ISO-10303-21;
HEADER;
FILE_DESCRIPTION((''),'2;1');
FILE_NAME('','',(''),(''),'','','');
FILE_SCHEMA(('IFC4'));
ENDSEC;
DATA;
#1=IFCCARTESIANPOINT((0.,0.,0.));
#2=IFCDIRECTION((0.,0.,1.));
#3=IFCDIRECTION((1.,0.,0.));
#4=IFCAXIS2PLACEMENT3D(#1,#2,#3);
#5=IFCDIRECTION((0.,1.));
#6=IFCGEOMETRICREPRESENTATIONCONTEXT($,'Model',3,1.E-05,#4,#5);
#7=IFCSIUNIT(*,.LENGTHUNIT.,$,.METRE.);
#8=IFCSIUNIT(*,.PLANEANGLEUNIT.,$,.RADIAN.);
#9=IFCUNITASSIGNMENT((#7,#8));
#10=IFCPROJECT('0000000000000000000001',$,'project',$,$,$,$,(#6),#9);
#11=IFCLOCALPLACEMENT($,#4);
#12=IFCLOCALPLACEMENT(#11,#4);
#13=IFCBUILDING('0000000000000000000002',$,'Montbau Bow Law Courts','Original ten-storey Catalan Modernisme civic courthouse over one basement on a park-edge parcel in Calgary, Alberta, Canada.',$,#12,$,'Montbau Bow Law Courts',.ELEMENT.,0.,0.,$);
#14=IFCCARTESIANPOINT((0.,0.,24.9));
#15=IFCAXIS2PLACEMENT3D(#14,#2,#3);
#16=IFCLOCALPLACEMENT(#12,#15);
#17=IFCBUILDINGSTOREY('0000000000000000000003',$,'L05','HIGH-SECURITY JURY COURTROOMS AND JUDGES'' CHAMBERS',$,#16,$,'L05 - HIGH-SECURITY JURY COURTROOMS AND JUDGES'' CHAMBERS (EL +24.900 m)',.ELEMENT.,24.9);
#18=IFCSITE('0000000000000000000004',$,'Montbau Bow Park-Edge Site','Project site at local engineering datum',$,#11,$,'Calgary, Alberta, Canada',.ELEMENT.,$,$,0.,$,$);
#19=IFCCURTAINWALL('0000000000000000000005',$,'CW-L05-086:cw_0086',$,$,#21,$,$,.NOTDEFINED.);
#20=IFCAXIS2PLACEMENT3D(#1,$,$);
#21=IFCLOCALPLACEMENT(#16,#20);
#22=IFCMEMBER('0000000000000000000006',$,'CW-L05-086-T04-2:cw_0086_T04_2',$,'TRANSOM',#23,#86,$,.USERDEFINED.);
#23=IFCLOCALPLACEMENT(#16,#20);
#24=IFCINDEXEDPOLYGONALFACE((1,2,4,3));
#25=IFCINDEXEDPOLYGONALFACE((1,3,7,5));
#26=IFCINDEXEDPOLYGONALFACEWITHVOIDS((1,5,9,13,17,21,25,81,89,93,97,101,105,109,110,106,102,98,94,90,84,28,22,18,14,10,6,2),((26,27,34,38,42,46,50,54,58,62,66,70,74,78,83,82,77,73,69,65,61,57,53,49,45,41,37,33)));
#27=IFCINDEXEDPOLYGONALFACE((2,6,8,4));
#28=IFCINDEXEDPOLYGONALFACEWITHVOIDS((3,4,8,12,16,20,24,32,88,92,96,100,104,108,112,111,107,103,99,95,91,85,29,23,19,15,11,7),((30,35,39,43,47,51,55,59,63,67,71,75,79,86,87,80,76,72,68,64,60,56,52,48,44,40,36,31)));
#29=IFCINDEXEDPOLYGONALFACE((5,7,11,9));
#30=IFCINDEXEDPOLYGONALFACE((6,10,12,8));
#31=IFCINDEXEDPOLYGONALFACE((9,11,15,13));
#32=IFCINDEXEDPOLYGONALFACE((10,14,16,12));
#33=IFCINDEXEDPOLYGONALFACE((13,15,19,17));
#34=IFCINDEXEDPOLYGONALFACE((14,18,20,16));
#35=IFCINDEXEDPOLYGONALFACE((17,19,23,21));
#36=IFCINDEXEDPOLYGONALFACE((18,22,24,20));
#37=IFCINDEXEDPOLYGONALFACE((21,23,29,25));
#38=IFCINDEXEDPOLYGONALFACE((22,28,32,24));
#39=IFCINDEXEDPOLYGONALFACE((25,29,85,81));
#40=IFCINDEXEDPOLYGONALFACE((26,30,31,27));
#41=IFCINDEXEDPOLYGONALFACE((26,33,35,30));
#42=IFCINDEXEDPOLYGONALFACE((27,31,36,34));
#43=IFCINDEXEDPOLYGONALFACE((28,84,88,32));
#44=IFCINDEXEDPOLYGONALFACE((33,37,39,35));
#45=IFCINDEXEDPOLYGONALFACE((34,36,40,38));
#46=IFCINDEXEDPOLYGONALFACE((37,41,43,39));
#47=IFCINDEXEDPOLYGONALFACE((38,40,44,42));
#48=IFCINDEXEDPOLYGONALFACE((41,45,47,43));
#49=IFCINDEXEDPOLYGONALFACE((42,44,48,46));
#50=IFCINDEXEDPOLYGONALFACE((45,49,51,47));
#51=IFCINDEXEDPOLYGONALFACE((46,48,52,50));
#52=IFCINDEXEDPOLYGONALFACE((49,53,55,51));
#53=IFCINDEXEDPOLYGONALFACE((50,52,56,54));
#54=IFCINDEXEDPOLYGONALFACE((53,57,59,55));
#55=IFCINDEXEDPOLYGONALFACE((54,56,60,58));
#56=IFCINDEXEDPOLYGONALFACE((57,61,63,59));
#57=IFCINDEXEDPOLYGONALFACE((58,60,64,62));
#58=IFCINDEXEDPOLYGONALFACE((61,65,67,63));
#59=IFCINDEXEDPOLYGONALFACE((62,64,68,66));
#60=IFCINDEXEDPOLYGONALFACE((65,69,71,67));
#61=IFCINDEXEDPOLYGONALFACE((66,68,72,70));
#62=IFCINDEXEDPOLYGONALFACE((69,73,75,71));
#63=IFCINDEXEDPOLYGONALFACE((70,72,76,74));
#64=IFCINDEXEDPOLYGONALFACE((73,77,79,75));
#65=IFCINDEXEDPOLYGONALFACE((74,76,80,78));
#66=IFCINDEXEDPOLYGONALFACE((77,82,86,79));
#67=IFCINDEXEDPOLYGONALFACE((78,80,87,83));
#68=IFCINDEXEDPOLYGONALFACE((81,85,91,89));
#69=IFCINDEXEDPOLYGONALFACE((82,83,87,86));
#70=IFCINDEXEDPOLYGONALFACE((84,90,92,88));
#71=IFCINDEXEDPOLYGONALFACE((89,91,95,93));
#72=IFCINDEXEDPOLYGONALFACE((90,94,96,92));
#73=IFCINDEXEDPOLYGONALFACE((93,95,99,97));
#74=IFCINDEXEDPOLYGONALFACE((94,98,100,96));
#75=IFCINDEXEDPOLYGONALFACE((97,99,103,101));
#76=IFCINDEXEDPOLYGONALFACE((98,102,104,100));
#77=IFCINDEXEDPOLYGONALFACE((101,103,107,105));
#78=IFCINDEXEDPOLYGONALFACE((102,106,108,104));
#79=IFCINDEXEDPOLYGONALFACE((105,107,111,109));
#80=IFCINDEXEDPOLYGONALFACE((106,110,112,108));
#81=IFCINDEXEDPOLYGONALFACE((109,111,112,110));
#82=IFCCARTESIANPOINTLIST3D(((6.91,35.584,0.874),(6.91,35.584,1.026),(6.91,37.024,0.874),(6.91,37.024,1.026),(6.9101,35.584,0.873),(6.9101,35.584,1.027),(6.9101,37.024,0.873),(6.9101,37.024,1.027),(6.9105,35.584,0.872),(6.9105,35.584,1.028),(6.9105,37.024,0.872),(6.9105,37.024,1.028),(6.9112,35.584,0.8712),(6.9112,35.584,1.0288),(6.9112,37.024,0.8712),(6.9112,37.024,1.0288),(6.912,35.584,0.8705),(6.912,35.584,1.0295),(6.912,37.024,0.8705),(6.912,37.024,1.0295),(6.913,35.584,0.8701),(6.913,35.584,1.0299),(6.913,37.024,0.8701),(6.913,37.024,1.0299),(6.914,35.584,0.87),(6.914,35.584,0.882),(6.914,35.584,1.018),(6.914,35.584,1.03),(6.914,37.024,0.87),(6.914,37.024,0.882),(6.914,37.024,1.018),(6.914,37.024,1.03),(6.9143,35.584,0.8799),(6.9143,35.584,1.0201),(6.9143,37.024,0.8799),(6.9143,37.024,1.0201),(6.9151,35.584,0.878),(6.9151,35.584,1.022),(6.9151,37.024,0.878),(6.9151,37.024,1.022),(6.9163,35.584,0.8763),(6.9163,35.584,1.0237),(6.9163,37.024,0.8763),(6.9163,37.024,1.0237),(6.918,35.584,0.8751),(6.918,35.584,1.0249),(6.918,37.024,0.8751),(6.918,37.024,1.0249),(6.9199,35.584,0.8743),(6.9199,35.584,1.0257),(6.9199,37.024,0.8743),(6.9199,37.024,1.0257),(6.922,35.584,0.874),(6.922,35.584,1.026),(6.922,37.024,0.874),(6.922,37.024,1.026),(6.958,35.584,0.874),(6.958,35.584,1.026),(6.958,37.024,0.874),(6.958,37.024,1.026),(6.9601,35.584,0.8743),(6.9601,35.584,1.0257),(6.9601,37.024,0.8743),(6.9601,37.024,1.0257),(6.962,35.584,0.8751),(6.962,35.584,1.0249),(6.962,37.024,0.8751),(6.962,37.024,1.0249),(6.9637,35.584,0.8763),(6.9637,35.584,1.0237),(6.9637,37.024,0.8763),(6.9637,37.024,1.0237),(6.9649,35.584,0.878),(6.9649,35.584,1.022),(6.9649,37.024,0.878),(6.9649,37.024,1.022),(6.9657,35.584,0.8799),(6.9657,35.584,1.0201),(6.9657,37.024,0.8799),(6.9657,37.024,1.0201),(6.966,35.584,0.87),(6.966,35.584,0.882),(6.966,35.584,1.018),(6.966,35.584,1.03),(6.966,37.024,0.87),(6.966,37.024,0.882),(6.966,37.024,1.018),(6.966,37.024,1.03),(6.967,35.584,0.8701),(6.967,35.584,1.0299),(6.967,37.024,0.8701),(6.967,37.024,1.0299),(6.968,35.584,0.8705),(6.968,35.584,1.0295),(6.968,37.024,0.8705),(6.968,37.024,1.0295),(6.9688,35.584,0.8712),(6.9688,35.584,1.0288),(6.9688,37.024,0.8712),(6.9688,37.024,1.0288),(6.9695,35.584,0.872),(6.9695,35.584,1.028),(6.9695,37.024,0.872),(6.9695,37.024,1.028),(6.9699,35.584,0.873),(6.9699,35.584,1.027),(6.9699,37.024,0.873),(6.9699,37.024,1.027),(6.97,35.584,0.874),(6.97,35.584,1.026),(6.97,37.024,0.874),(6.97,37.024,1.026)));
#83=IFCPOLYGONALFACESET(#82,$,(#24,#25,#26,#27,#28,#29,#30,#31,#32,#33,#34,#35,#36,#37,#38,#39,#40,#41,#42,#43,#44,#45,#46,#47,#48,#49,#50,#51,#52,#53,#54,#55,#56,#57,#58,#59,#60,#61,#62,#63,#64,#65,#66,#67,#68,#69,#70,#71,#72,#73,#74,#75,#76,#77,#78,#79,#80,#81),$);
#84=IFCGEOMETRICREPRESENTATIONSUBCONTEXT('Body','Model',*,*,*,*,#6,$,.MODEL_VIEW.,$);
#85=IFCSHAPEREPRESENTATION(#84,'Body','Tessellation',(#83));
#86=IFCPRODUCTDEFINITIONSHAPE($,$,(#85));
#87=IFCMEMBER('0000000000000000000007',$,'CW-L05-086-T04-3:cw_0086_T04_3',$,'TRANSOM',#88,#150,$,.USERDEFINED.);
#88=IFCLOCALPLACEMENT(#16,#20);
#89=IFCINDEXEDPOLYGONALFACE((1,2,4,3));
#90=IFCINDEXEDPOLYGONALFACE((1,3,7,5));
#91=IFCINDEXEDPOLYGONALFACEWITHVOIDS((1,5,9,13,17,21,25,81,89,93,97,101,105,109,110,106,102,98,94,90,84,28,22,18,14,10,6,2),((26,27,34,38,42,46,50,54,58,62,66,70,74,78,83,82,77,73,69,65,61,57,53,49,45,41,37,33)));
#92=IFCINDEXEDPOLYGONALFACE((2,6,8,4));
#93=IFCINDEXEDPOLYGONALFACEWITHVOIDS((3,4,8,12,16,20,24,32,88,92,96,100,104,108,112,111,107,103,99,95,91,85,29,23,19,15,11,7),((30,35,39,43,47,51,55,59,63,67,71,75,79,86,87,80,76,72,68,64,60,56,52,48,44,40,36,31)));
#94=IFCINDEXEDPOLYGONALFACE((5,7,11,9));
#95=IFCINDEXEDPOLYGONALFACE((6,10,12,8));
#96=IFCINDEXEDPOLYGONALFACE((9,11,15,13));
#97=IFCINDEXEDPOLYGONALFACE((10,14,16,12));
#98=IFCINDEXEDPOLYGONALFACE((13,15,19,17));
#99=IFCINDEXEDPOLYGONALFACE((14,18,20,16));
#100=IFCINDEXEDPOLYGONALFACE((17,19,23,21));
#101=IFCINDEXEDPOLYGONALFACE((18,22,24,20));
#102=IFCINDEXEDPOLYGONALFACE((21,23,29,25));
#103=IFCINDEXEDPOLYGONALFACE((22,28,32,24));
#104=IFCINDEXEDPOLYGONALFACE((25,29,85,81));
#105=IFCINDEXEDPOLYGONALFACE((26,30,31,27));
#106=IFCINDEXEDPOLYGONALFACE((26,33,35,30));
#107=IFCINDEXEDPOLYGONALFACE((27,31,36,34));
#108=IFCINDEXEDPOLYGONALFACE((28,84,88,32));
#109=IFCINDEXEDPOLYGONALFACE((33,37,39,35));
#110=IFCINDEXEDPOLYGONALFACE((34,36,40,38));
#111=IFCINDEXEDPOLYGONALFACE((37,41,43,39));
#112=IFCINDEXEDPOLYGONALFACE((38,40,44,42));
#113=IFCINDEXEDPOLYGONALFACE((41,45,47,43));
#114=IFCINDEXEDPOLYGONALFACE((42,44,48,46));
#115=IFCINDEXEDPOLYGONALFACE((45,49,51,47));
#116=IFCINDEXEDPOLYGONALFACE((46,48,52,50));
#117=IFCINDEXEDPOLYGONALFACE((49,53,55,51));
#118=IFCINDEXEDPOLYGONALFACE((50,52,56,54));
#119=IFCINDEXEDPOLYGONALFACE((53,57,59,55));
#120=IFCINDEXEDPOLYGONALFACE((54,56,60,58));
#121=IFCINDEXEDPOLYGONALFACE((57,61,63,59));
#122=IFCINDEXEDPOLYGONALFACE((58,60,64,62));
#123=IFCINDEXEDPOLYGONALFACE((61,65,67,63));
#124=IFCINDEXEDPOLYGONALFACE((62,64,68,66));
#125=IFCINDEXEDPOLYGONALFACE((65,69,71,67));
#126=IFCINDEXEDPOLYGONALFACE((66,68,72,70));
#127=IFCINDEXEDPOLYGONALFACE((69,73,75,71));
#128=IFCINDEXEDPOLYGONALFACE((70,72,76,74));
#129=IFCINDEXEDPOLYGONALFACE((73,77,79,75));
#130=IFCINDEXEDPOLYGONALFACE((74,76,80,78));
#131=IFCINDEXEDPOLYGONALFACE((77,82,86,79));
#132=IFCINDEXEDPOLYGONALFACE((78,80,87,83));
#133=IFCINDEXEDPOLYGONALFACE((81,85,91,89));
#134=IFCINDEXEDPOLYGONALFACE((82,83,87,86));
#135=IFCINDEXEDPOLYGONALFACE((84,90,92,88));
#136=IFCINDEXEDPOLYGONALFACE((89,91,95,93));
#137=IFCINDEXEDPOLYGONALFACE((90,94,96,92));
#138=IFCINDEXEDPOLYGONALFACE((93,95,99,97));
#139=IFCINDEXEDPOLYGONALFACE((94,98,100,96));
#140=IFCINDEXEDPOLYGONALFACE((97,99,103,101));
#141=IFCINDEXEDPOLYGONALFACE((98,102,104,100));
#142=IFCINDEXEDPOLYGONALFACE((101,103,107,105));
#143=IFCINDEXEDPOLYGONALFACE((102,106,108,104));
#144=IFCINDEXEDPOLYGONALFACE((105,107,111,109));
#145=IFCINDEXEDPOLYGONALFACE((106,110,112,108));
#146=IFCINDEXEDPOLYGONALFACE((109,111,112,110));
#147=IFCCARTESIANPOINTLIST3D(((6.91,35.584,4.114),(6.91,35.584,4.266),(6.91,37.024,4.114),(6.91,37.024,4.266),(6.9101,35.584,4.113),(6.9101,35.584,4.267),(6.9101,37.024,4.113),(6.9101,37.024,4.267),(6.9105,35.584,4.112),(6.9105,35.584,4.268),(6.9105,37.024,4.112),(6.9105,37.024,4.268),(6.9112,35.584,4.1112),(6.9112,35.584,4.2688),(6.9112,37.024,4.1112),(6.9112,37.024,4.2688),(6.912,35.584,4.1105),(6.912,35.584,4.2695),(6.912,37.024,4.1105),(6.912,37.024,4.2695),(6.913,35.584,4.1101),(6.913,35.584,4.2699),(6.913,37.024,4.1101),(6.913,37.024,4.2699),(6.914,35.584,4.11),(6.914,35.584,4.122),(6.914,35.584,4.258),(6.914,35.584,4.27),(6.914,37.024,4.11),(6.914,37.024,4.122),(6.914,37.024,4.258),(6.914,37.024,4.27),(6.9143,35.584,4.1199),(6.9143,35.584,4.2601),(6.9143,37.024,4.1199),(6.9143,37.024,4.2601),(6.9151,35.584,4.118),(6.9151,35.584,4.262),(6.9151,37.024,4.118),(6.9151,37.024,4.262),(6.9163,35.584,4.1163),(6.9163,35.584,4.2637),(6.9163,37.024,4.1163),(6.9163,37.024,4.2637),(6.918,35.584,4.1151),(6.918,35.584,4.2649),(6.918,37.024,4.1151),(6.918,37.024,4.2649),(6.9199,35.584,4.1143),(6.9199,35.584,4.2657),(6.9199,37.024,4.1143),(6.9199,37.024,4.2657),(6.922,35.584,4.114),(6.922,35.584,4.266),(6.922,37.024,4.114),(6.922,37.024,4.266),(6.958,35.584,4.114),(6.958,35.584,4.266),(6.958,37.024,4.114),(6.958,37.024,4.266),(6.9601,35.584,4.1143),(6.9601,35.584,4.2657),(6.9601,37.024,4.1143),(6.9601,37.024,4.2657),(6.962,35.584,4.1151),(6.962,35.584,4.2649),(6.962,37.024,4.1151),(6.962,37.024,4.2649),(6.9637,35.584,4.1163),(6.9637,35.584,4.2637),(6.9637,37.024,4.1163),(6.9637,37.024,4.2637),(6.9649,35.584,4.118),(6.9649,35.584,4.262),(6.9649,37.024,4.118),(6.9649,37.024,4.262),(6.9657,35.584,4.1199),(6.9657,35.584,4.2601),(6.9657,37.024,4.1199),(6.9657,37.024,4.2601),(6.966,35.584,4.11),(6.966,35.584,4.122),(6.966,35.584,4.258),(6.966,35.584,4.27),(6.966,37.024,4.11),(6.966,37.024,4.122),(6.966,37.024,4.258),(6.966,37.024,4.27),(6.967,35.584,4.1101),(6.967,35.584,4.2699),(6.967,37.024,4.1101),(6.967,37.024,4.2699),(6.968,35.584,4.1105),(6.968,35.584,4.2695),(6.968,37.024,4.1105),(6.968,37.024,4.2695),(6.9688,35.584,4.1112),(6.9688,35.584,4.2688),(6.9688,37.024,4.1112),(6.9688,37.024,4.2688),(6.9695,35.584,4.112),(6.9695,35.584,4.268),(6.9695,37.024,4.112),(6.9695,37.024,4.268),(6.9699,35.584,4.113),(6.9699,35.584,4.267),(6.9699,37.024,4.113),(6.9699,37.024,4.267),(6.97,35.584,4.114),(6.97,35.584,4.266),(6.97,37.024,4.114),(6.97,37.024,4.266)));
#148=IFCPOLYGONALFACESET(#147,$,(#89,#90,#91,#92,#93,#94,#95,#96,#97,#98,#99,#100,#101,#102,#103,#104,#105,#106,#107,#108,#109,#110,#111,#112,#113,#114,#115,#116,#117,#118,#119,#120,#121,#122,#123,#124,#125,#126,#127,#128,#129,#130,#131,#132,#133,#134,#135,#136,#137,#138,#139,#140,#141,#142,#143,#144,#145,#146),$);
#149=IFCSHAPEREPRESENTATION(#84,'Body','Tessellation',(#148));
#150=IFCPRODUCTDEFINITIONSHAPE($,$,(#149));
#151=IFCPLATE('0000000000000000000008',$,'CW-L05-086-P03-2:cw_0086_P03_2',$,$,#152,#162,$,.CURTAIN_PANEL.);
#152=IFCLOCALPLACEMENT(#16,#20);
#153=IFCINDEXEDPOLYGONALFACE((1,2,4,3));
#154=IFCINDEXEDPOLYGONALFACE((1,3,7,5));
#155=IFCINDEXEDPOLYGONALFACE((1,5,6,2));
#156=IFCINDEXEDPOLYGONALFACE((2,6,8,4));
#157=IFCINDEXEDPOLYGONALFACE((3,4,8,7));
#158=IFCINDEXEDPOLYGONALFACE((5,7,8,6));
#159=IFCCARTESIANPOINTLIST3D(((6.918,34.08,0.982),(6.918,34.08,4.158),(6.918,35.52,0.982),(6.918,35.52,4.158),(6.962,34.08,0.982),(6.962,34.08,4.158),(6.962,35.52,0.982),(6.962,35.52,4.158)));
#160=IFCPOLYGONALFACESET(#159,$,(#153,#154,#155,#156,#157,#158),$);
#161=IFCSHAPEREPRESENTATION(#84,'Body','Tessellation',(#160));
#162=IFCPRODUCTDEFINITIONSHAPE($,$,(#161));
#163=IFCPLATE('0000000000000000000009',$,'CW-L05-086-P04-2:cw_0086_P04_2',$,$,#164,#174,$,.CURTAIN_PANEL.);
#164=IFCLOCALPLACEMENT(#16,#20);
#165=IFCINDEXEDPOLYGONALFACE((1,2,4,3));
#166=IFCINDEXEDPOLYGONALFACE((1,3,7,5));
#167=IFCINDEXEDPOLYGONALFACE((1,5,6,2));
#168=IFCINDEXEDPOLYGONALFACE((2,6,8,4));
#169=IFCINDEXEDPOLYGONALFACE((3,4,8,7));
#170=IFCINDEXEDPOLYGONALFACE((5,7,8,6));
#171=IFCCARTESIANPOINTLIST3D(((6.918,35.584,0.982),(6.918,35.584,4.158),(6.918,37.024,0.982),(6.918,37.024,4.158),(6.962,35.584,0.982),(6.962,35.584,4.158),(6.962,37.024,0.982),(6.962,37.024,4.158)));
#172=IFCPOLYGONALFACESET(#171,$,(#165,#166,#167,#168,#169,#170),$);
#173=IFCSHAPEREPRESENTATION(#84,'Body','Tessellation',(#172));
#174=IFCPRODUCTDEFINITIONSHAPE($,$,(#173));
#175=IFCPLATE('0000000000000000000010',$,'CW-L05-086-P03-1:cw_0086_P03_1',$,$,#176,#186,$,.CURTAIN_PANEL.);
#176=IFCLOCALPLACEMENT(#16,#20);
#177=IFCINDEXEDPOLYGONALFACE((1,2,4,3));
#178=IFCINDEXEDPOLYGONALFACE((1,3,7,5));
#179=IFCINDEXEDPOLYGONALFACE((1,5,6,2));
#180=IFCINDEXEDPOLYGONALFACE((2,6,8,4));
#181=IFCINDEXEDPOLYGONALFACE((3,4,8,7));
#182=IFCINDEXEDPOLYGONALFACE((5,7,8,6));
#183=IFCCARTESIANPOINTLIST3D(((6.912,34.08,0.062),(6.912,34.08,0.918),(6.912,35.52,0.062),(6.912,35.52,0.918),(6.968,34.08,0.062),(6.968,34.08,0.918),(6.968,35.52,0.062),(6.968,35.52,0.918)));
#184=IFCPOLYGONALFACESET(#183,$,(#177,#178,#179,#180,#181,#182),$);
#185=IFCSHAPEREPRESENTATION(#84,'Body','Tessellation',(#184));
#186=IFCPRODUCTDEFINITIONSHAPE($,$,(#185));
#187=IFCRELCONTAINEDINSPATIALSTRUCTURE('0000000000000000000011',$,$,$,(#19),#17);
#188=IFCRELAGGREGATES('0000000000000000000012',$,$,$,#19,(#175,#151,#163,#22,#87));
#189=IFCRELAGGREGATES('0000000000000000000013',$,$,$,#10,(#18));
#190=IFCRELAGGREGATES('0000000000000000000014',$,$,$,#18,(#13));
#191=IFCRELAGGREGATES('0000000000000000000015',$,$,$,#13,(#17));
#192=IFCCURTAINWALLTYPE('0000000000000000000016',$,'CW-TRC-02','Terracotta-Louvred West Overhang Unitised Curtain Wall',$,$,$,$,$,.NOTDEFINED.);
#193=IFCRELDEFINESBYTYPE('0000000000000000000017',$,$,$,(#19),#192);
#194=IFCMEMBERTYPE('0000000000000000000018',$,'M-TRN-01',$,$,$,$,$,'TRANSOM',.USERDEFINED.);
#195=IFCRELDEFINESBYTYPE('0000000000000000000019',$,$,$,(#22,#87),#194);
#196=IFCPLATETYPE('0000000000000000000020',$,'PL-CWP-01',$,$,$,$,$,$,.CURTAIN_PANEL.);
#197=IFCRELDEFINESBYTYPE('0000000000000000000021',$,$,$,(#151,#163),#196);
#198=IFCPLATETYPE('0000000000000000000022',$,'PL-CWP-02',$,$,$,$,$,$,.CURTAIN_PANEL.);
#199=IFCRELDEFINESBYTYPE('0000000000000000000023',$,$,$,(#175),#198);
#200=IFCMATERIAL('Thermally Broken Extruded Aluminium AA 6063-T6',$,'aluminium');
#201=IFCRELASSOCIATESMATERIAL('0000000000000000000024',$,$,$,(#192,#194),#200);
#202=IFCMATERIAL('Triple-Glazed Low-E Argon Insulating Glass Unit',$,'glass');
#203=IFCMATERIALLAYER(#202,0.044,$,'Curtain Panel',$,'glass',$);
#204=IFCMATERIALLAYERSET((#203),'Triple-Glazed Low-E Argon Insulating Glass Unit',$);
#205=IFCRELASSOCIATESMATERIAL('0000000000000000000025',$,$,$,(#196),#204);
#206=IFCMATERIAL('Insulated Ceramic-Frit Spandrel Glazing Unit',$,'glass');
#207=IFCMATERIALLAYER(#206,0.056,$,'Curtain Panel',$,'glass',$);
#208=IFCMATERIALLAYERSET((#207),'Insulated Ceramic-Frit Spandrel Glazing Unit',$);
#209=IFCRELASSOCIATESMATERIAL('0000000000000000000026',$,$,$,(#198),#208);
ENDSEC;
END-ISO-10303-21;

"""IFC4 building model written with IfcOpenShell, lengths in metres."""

from ifc_helpers import new_model, si_unit, direction, frame, frame_2d, origin_with_axes, origin_2d_with_axis, place, context, subcontext, project, spatial, rectangle, hollow_rectangle, extrude, material, layer, layer_set, material_profile, profile_set, type_object, element, aggregate, save


model = new_model("IFC4")

# Units and contexts
model_context = context("Model", 3, precision=1e-05, world=origin_with_axes(), true_north=direction((0.0, 1.0)))
body_context = subcontext(model_context, "Body", "Model", "MODEL_VIEW")
ifc_project = project(units=[si_unit("LENGTHUNIT", "METRE"), si_unit("PLANEANGLEUNIT", "RADIAN")], contexts=[model_context])

# Site, building, storey
site_placement = place(None, origin_with_axes())
site = spatial("IfcSite", under=ifc_project, at=site_placement, Name="Montbau Bow Park-Edge Site", Description="Project site at local engineering datum", LongName="Calgary, Alberta, Canada", CompositionType="ELEMENT", RefElevation=0.0)
building_placement = place(site_placement, origin_with_axes())
building = spatial("IfcBuilding", under=site, at=building_placement, Name="Montbau Bow Law Courts", Description="Original ten-storey Catalan Modernisme civic courthouse over one basement on a park-edge parcel in Calgary, Alberta, Canada.", LongName="Montbau Bow Law Courts", CompositionType="ELEMENT", ElevationOfRefHeight=0.0, ElevationOfTerrain=0.0)
storey_placement = place(building_placement, frame((0.0, 0.0, 24.9), z_axis=(0.0, 0.0, 1.0), x_axis=(1.0, 0.0, 0.0)))
storey = spatial("IfcBuildingStorey", under=building, at=storey_placement, Name="L05", Description="HIGH-SECURITY JURY COURTROOMS AND JUDGES' CHAMBERS", LongName="L05 - HIGH-SECURITY JURY COURTROOMS AND JUDGES' CHAMBERS (EL +24.900 m)", CompositionType="ELEMENT", Elevation=24.9)

# Curtain wall, members, plates
ifc_material_1 = material(Name="Thermally Broken Extruded Aluminium AA 6063-T6", Category="aluminium")
curtain_wall_type = type_object("IfcCurtainWallType", Name="CW-TRC-02", Description="Terracotta-Louvred West Overhang Unitised Curtain Wall", PredefinedType="NOTDEFINED", material=ifc_material_1)
curtain_wall_placement = place(None, frame((6.94, 31.04, 24.9), z_axis=(0.0, 0.0, 1.0), x_axis=(1.0, 0.0, 0.0)))
curtain_wall = element("IfcCurtainWall", 1, at=curtain_wall_placement, inside=storey, type_object=curtain_wall_type, Name="CW-L05-086:cw_0086", PredefinedType="NOTDEFINED")
ifc_material_profile_1 = material_profile(ifc_material_1, hollow_rectangle(XDim=0.06, YDim=0.16, WallThickness=0.004, InnerFilletRadius=0.008, OuterFilletRadius=0.004, at=origin_2d_with_axis()), Name="CWT-160X60", Category="Main", Priority=0)
ifc_profile_set_1 = profile_set([ifc_material_profile_1], Name="Thermally Broken Extruded Aluminium AA 6063-T6")
member_type_1 = type_object("IfcMemberType", Name="M-TRN-01", ElementType="TRANSOM", PredefinedType="USERDEFINED", material=ifc_profile_set_1)
member_1_placement = place(None, frame((6.94, 35.584, 25.85), z_axis=(0.0, 1.0, 0.0), x_axis=(-1.0, 0.0, 0.0)))
member_1 = element("IfcMember", 2, at=member_1_placement, type_object=member_type_1, Name="CW-L05-086-T04-2:cw_0086_T04_2", ObjectType="TRANSOM", PredefinedType="USERDEFINED", context=body_context, shape_type="SweptSolid", body=[
    extrude(hollow_rectangle(XDim=0.06, YDim=0.16, WallThickness=0.004, InnerFilletRadius=0.008, OuterFilletRadius=0.004, at=origin_2d_with_axis()), origin_with_axes(), (0.0, 0.0, 1.0), 1.44),
])
member_2_placement = place(None, frame((6.94, 35.584, 29.09), z_axis=(0.0, 1.0, 0.0), x_axis=(-1.0, 0.0, 0.0)))
member_2 = element("IfcMember", 3, at=member_2_placement, type_object=member_type_1, Name="CW-L05-086-T04-3:cw_0086_T04_3", ObjectType="TRANSOM", PredefinedType="USERDEFINED", context=body_context, shape_type="SweptSolid", body=[
    extrude(hollow_rectangle(XDim=0.06, YDim=0.16, WallThickness=0.004, InnerFilletRadius=0.008, OuterFilletRadius=0.004, at=origin_2d_with_axis()), origin_with_axes(), (0.0, 0.0, 1.0), 1.44),
])
ifc_material_2 = material(Name="Triple-Glazed Low-E Argon Insulating Glass Unit", Category="glass")
ifc_layer_1 = layer(ifc_material_2, 0.044, Name="Curtain Panel", Category="glass")
ifc_layer_set_1 = layer_set([ifc_layer_1], Name="Triple-Glazed Low-E Argon Insulating Glass Unit")
plate_type_1 = type_object("IfcPlateType", Name="PL-CWP-01", PredefinedType="CURTAIN_PANEL", material=ifc_layer_set_1)
plate_1_placement = place(None, frame((6.94, 34.08, 25.882), z_axis=(1.0, 0.0, 0.0), x_axis=(0.0, 1.0, 0.0)))
plate_1 = element("IfcPlate", 4, at=plate_1_placement, type_object=plate_type_1, Name="CW-L05-086-P03-2:cw_0086_P03_2", PredefinedType="CURTAIN_PANEL", context=body_context, shape_type="SweptSolid", body=[
    extrude(rectangle(XDim=1.44, YDim=3.176, at=frame_2d((0.72, 1.588), x_axis=(1.0, 0.0))), frame((0.0, 0.0, -0.022), z_axis=(0.0, 0.0, 1.0), x_axis=(1.0, 0.0, 0.0)), (0.0, 0.0, 1.0), 0.044),
])
plate_2_placement = place(None, frame((6.94, 35.584, 25.882), z_axis=(1.0, 0.0, 0.0), x_axis=(0.0, 1.0, 0.0)))
plate_2 = element("IfcPlate", 5, at=plate_2_placement, type_object=plate_type_1, Name="CW-L05-086-P04-2:cw_0086_P04_2", PredefinedType="CURTAIN_PANEL", context=body_context, shape_type="SweptSolid", body=[
    extrude(rectangle(XDim=1.44, YDim=3.176, at=frame_2d((0.72, 1.588), x_axis=(1.0, 0.0))), frame((0.0, 0.0, -0.022), z_axis=(0.0, 0.0, 1.0), x_axis=(1.0, 0.0, 0.0)), (0.0, 0.0, 1.0), 0.044),
])
ifc_material_3 = material(Name="Insulated Ceramic-Frit Spandrel Glazing Unit", Category="glass")
ifc_layer_2 = layer(ifc_material_3, 0.056, Name="Curtain Panel", Category="glass")
ifc_layer_set_2 = layer_set([ifc_layer_2], Name="Insulated Ceramic-Frit Spandrel Glazing Unit")
plate_type_2 = type_object("IfcPlateType", Name="PL-CWP-02", PredefinedType="CURTAIN_PANEL", material=ifc_layer_set_2)
plate_3_placement = place(None, frame((6.94, 34.08, 24.962), z_axis=(1.0, 0.0, 0.0), x_axis=(0.0, 1.0, 0.0)))
plate_3 = element("IfcPlate", 6, at=plate_3_placement, type_object=plate_type_2, Name="CW-L05-086-P03-1:cw_0086_P03_1", PredefinedType="CURTAIN_PANEL", context=body_context, shape_type="SweptSolid", body=[
    extrude(rectangle(XDim=1.44, YDim=0.856, at=frame_2d((0.72, 0.428), x_axis=(1.0, 0.0))), frame((0.0, 0.0, -0.028), z_axis=(0.0, 0.0, 1.0), x_axis=(1.0, 0.0, 0.0)), (0.0, 0.0, 1.0), 0.056),
])
aggregate(curtain_wall, [plate_3, plate_1, plate_2, member_1, member_2])

save(model, "model.ifc")
